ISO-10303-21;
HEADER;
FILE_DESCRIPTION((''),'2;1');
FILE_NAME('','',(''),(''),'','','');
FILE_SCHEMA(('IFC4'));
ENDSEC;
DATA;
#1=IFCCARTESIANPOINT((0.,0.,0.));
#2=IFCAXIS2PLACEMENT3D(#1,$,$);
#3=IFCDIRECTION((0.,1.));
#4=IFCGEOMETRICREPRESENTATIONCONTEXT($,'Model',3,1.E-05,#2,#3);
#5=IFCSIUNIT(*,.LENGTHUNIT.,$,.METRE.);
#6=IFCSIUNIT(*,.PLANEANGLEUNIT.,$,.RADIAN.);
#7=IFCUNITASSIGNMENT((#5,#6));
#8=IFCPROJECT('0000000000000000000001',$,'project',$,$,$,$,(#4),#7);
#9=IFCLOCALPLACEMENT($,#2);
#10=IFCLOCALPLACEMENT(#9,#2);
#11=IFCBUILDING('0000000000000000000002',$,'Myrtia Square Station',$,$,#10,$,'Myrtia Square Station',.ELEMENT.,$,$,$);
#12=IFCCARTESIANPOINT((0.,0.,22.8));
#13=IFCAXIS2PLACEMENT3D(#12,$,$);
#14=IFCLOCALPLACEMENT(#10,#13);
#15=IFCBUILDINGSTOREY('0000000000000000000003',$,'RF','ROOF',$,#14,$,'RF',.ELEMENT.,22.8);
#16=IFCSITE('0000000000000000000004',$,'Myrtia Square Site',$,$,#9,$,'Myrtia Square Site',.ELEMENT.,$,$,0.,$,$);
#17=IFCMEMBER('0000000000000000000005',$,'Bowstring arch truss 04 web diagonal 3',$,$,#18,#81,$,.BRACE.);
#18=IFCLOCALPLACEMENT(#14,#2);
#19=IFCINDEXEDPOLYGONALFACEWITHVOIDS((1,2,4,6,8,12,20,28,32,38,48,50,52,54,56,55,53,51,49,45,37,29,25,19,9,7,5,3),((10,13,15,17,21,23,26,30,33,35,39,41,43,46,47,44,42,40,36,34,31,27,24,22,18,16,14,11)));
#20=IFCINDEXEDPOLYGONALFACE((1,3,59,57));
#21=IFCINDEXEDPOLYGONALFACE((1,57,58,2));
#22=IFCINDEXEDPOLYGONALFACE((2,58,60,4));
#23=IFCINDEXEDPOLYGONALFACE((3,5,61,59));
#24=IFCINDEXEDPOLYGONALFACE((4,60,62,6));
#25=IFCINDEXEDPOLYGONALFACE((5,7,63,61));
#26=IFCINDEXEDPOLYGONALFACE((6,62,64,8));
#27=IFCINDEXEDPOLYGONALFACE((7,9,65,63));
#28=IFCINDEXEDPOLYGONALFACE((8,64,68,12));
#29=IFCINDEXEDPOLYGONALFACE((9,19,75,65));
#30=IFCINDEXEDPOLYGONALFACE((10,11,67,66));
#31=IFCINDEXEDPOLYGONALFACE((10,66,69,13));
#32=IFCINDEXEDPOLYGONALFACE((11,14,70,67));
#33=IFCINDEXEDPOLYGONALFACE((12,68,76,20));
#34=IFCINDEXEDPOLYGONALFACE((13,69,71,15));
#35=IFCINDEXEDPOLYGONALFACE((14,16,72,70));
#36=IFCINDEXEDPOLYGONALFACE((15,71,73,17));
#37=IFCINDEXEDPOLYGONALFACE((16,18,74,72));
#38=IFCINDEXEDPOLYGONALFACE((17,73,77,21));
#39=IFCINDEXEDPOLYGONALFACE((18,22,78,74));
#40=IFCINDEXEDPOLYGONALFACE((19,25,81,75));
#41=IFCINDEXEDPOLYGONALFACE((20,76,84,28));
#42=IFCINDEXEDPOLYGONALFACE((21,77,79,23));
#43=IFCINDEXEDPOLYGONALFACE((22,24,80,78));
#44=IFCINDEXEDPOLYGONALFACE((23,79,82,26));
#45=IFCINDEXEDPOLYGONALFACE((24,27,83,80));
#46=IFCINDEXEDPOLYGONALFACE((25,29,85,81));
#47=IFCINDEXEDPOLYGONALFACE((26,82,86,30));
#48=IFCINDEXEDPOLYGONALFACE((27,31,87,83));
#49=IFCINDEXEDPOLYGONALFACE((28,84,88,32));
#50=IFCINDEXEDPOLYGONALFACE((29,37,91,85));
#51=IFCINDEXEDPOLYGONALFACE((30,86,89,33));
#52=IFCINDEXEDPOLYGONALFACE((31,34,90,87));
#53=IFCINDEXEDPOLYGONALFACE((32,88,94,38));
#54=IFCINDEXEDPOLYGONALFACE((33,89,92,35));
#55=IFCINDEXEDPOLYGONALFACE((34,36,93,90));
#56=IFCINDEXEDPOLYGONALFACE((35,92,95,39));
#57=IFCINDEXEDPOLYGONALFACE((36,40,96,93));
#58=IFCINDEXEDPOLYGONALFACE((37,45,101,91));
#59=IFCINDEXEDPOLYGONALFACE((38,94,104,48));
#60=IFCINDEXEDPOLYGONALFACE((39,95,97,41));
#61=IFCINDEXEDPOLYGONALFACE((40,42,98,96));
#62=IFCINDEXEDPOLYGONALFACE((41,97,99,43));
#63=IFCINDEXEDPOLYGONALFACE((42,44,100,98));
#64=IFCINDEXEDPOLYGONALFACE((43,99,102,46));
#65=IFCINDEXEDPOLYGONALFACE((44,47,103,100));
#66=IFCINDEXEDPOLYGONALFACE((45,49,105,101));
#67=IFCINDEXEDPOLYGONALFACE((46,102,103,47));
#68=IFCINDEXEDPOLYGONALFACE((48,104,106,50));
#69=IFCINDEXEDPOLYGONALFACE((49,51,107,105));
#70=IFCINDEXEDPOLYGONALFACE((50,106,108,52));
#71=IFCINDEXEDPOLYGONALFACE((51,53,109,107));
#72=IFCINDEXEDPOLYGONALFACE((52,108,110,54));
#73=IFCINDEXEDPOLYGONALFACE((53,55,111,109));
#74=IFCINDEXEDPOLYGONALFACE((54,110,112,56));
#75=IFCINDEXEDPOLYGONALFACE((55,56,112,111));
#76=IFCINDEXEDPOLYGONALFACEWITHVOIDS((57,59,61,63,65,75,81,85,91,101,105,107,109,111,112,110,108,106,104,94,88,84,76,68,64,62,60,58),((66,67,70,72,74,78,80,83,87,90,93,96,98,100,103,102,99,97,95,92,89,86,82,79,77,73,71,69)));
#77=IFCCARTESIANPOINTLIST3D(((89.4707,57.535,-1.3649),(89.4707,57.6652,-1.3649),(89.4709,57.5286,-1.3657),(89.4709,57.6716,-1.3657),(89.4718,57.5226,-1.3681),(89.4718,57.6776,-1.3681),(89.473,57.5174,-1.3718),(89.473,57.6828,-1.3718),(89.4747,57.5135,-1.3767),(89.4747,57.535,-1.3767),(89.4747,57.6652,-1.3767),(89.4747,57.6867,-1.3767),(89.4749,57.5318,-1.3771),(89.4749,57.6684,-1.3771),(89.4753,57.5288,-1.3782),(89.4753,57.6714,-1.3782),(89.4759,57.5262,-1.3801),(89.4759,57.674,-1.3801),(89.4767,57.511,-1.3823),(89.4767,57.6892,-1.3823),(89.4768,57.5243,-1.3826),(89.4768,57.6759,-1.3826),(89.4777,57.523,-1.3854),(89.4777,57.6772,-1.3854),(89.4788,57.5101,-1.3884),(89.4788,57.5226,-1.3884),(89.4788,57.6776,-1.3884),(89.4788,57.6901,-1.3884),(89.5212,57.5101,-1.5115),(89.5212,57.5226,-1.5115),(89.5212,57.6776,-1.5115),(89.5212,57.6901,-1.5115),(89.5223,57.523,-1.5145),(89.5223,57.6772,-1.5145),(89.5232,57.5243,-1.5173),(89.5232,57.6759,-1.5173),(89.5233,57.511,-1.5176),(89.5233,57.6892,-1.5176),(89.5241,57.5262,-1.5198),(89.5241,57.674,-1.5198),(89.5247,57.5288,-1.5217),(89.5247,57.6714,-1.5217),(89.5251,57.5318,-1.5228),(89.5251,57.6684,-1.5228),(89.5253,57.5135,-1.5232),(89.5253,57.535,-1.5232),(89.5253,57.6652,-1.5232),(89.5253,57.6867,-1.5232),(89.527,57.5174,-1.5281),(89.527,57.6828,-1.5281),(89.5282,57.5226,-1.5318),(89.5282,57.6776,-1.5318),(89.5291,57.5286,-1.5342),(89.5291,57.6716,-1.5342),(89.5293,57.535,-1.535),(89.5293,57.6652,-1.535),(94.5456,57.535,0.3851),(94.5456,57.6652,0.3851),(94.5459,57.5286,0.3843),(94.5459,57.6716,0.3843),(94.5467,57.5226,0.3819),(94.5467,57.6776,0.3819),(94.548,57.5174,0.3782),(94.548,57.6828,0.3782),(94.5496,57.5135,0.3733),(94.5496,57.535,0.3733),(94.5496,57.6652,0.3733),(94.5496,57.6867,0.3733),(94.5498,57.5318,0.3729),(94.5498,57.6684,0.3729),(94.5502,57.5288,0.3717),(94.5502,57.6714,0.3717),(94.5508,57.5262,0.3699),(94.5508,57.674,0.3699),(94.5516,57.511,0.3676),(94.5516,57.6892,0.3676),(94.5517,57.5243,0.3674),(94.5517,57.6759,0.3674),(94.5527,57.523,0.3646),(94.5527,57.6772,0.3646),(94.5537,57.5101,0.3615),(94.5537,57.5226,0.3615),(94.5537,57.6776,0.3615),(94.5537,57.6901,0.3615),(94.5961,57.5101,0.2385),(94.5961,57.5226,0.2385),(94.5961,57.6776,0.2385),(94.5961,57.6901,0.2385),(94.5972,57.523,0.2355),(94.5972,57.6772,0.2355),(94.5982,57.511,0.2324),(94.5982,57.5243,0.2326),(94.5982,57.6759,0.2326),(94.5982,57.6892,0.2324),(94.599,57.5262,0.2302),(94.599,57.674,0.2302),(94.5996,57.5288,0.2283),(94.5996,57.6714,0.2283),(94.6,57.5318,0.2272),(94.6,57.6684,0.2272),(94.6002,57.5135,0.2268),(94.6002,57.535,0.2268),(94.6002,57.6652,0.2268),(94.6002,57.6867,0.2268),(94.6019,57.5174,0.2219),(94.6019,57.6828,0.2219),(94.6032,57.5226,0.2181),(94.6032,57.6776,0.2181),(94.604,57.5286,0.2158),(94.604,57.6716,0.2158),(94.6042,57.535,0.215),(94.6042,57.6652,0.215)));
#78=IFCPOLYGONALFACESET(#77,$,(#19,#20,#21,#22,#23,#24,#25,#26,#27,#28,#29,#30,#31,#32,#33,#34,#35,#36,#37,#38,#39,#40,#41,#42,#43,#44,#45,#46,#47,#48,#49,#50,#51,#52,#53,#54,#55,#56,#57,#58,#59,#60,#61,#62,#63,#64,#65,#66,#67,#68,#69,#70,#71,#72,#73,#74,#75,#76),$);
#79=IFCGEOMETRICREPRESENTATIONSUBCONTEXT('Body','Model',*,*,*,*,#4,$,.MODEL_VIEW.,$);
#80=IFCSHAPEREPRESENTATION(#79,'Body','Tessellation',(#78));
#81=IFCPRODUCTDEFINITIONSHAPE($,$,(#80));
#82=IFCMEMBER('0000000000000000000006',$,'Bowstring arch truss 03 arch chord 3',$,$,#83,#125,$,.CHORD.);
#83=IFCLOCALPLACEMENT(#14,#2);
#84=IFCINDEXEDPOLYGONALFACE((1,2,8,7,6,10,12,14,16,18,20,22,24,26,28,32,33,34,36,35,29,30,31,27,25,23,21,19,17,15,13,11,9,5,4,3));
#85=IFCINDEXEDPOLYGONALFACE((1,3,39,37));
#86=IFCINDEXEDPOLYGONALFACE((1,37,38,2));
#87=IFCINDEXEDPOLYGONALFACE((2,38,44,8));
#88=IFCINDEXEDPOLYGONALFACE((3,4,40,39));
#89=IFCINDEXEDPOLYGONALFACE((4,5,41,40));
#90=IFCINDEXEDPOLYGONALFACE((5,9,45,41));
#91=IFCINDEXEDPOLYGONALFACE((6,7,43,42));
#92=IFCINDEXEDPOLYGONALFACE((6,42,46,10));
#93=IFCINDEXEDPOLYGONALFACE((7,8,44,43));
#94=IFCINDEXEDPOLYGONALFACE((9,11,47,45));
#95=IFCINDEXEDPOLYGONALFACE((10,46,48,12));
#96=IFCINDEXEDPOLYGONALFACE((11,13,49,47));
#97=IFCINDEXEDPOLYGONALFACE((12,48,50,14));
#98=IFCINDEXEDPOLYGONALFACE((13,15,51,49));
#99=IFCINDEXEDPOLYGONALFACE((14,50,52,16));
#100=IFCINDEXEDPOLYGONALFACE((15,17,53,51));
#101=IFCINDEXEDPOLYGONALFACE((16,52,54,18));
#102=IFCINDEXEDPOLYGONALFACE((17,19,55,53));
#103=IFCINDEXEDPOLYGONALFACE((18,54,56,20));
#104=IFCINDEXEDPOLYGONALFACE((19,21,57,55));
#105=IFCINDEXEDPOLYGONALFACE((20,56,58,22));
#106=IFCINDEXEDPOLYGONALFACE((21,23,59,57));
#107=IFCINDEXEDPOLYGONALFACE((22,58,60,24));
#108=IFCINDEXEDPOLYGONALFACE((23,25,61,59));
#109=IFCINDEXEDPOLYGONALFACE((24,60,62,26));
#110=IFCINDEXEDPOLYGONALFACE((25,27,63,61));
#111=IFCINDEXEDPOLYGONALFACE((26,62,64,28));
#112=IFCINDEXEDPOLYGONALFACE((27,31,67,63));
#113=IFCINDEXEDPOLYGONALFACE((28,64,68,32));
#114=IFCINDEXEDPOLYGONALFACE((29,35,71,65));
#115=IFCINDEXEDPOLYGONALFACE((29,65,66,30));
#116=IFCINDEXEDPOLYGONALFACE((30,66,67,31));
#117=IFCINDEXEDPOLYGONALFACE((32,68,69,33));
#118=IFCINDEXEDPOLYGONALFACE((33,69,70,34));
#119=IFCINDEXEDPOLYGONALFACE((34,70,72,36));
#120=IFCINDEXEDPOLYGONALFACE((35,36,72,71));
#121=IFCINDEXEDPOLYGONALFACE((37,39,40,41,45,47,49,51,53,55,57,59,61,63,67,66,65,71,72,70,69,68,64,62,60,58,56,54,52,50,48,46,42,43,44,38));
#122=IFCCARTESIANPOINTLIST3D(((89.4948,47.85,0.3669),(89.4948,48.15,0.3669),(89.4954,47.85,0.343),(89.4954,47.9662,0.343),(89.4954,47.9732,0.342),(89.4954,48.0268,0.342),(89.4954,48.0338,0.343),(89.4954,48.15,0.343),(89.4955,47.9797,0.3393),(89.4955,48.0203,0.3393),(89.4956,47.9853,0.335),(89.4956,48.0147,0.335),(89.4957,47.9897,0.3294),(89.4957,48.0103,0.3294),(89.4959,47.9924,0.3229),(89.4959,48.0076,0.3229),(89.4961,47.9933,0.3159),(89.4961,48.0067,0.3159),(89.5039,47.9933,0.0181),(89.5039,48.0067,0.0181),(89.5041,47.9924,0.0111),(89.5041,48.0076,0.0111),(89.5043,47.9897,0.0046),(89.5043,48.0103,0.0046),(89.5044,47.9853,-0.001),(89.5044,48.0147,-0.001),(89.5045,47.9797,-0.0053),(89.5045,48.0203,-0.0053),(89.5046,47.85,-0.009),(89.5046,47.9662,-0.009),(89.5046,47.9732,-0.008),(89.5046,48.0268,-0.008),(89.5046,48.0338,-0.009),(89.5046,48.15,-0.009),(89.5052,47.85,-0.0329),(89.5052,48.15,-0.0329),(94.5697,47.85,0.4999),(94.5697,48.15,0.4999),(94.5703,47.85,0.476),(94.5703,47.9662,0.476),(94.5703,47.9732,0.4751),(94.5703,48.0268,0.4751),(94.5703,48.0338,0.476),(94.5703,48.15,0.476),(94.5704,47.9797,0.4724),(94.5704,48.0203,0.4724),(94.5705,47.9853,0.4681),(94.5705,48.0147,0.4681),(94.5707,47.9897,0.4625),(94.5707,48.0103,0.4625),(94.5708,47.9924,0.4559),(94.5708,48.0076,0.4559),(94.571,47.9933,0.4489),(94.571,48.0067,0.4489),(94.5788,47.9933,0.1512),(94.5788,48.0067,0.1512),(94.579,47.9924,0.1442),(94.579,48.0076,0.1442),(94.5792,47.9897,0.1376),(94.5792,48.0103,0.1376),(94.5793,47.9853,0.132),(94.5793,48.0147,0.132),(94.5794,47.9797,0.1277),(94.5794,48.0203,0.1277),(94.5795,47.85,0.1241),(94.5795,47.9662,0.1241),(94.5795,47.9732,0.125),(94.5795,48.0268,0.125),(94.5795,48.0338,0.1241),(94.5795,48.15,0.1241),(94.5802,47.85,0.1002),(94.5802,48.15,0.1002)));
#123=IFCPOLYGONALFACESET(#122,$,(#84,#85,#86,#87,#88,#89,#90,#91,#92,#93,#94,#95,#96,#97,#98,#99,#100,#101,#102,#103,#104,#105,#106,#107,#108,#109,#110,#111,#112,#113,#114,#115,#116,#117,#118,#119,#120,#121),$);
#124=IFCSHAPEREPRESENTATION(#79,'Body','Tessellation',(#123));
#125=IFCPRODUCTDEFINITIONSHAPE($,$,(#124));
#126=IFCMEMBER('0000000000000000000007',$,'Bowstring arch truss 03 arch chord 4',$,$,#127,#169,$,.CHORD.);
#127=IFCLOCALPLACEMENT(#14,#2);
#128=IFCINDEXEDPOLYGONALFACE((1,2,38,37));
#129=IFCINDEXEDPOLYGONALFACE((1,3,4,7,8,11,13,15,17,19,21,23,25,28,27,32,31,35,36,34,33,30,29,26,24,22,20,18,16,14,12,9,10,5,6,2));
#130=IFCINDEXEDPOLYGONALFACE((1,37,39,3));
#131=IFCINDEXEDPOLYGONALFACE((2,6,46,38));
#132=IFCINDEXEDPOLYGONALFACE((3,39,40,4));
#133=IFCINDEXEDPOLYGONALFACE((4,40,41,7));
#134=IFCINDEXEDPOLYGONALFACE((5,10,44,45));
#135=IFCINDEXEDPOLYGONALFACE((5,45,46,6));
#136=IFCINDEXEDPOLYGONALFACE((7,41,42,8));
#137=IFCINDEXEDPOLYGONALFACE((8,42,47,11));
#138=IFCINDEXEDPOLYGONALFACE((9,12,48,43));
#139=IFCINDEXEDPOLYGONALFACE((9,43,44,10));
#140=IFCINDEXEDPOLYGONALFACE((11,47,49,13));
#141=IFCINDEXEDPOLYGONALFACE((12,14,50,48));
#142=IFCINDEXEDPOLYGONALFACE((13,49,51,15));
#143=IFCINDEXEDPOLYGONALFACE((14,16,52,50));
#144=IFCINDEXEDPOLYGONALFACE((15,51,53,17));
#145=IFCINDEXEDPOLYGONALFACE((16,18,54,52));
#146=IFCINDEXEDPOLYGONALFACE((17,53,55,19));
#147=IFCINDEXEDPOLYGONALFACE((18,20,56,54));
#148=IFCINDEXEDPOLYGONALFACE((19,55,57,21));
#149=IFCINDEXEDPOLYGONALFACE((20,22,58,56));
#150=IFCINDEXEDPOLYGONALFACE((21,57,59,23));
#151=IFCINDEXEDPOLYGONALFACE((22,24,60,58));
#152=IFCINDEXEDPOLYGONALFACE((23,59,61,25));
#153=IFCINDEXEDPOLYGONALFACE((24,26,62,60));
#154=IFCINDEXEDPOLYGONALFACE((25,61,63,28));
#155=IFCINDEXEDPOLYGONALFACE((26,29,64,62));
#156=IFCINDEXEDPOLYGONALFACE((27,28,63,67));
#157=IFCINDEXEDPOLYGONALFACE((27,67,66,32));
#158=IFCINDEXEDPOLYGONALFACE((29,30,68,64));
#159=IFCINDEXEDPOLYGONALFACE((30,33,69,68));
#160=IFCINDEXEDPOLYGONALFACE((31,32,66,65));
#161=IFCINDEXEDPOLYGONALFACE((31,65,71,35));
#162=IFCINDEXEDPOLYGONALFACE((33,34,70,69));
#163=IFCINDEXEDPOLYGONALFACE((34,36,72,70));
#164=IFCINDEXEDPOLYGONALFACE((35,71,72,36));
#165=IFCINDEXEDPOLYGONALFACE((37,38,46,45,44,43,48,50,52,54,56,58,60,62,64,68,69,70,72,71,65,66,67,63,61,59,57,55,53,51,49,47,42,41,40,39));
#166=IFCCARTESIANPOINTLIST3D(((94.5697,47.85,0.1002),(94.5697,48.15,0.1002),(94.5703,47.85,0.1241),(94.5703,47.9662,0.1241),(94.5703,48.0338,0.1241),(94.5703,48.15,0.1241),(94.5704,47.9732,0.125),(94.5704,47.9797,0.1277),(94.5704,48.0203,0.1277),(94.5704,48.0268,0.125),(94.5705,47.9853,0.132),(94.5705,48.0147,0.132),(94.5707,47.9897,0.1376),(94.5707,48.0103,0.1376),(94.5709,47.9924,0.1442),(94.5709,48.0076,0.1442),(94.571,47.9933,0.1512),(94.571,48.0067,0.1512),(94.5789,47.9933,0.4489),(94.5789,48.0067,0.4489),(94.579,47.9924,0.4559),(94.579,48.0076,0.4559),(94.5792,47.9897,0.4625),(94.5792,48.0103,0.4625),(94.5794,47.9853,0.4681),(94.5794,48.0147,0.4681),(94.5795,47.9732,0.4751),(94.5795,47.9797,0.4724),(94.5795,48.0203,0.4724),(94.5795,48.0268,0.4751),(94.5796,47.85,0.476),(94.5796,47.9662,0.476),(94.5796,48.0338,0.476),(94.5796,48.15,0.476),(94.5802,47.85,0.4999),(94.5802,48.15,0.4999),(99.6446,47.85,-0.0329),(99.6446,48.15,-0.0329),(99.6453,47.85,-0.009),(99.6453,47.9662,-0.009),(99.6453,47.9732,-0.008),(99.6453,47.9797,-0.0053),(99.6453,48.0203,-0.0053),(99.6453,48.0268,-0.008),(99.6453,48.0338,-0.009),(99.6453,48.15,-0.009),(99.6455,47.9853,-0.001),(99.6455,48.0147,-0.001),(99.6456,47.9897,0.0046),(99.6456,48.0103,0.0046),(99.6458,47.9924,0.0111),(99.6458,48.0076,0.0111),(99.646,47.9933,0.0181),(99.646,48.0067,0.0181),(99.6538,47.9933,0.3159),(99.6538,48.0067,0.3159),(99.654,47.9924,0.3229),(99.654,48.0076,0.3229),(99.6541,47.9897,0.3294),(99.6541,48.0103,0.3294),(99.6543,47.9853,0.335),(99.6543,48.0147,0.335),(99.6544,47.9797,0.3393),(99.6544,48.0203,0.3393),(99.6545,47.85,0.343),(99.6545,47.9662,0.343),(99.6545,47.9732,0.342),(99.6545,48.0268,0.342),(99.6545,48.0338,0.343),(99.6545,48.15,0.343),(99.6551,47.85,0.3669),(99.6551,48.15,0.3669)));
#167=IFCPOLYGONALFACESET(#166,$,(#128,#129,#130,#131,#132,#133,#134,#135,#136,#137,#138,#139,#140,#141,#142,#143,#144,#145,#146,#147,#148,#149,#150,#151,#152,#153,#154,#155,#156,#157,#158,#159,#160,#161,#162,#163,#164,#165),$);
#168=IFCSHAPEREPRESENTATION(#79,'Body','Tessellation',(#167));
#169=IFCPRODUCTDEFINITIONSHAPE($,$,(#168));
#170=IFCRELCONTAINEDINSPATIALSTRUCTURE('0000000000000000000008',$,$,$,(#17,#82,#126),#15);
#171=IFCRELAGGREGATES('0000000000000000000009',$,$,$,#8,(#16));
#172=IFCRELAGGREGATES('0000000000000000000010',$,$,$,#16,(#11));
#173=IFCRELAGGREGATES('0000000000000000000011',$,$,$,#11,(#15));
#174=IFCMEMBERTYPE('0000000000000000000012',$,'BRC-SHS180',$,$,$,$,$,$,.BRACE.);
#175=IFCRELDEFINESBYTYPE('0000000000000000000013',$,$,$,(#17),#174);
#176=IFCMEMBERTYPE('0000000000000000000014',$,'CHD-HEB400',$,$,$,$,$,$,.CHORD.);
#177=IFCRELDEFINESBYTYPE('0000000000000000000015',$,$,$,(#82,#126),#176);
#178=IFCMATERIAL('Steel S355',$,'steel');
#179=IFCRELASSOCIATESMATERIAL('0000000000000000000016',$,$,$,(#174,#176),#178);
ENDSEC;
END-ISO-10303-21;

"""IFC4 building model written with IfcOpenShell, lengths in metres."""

from ifc_helpers import new_model, si_unit, direction, frame, origin, origin_2d, place, context, subcontext, project, spatial, hollow_rectangle, i_section, extrude, material, material_profile, profile_set, type_object, element, save


model = new_model("IFC4")

# Units and contexts
model_context = context("Model", 3, precision=1e-05, world=origin(), true_north=direction((0.0, 1.0)))
body_context = subcontext(model_context, "Body", "Model", "MODEL_VIEW")
ifc_project = project(units=[si_unit("LENGTHUNIT", "METRE"), si_unit("PLANEANGLEUNIT", "RADIAN")], contexts=[model_context])

# Site, building, storey
site_placement = place(None, origin())
site = spatial("IfcSite", under=ifc_project, at=site_placement, Name="Myrtia Square Site", LongName="Myrtia Square Site", CompositionType="ELEMENT", RefElevation=0.0)
building_placement = place(site_placement, origin())
building = spatial("IfcBuilding", under=site, at=building_placement, Name="Myrtia Square Station", LongName="Myrtia Square Station", CompositionType="ELEMENT")
storey_placement = place(building_placement, frame((0.0, 0.0, 22.8)))
storey = spatial("IfcBuildingStorey", under=building, at=storey_placement, Name="RF", Description="ROOF", LongName="RF", CompositionType="ELEMENT", Elevation=22.8)

# Members
ifc_material_1 = material(Name="Steel S355", Category="steel")
ifc_material_profile_1 = material_profile(ifc_material_1, hollow_rectangle(XDim=0.1799, YDim=0.1799, WallThickness=0.0125, InnerFilletRadius=0.0125, OuterFilletRadius=0.0249, at=origin_2d()), Name="SHS 180x180x12.5")
ifc_profile_set_1 = profile_set([ifc_material_profile_1], Name="Steel S355")
member_type_1 = type_object("IfcMemberType", Name="BRC-SHS180", PredefinedType="BRACE", material=ifc_profile_set_1)
member_1_placement = place(storey_placement, frame((89.5, 57.6001, -1.45), z_axis=(0.945372, 0.0, 0.325993), x_axis=(0.0, 1.0, 0.0)))
element("IfcMember", 1, at=member_1_placement, inside=storey, type_object=member_type_1, Name="Bowstring arch truss 04 web diagonal 3", PredefinedType="BRACE", context=body_context, shape_type="SweptSolid", body=[
    extrude(hollow_rectangle(XDim=0.1799, YDim=0.1799, WallThickness=0.0125, InnerFilletRadius=0.0125, OuterFilletRadius=0.0249, at=origin_2d()), origin(), (0.0, 0.0, 1.0), 5.3682),
])
ifc_material_profile_2 = material_profile(ifc_material_1, i_section(OverallWidth=0.3, OverallDepth=0.3999, WebThickness=0.0134, FlangeThickness=0.0239, FilletRadius=0.0271, at=origin_2d()), Name="HEB 400")
ifc_profile_set_2 = profile_set([ifc_material_profile_2], Name="Steel S355")
member_type_2 = type_object("IfcMemberType", Name="CHD-HEB400", PredefinedType="CHORD", material=ifc_profile_set_2)
for number, where, z_axis, x_axis, name in (
    (2, (89.5, 48.0, 0.167), (0.999656, 0.0, 0.026209), (0.0, 1.0, 0.0), "Bowstring arch truss 03 arch chord 3"),
    (3, (94.575, 48.0, 0.3), (0.999656, 0.0, -0.026209), (0.0, 1.0, 0.0), "Bowstring arch truss 03 arch chord 4"),
):
    element("IfcMember", number, at=place(storey_placement, frame(where, z_axis=z_axis, x_axis=x_axis)), inside=storey, type_object=member_type_2, Name=name, PredefinedType="CHORD", context=body_context, shape_type="SweptSolid", body=[
        extrude(i_section(OverallWidth=0.3, OverallDepth=0.3999, WebThickness=0.0134, FlangeThickness=0.0239, FilletRadius=0.0271, at=origin_2d()), origin(), (0.0, 0.0, 1.0), 5.0767),
    ])

save(model, "model.ifc")
